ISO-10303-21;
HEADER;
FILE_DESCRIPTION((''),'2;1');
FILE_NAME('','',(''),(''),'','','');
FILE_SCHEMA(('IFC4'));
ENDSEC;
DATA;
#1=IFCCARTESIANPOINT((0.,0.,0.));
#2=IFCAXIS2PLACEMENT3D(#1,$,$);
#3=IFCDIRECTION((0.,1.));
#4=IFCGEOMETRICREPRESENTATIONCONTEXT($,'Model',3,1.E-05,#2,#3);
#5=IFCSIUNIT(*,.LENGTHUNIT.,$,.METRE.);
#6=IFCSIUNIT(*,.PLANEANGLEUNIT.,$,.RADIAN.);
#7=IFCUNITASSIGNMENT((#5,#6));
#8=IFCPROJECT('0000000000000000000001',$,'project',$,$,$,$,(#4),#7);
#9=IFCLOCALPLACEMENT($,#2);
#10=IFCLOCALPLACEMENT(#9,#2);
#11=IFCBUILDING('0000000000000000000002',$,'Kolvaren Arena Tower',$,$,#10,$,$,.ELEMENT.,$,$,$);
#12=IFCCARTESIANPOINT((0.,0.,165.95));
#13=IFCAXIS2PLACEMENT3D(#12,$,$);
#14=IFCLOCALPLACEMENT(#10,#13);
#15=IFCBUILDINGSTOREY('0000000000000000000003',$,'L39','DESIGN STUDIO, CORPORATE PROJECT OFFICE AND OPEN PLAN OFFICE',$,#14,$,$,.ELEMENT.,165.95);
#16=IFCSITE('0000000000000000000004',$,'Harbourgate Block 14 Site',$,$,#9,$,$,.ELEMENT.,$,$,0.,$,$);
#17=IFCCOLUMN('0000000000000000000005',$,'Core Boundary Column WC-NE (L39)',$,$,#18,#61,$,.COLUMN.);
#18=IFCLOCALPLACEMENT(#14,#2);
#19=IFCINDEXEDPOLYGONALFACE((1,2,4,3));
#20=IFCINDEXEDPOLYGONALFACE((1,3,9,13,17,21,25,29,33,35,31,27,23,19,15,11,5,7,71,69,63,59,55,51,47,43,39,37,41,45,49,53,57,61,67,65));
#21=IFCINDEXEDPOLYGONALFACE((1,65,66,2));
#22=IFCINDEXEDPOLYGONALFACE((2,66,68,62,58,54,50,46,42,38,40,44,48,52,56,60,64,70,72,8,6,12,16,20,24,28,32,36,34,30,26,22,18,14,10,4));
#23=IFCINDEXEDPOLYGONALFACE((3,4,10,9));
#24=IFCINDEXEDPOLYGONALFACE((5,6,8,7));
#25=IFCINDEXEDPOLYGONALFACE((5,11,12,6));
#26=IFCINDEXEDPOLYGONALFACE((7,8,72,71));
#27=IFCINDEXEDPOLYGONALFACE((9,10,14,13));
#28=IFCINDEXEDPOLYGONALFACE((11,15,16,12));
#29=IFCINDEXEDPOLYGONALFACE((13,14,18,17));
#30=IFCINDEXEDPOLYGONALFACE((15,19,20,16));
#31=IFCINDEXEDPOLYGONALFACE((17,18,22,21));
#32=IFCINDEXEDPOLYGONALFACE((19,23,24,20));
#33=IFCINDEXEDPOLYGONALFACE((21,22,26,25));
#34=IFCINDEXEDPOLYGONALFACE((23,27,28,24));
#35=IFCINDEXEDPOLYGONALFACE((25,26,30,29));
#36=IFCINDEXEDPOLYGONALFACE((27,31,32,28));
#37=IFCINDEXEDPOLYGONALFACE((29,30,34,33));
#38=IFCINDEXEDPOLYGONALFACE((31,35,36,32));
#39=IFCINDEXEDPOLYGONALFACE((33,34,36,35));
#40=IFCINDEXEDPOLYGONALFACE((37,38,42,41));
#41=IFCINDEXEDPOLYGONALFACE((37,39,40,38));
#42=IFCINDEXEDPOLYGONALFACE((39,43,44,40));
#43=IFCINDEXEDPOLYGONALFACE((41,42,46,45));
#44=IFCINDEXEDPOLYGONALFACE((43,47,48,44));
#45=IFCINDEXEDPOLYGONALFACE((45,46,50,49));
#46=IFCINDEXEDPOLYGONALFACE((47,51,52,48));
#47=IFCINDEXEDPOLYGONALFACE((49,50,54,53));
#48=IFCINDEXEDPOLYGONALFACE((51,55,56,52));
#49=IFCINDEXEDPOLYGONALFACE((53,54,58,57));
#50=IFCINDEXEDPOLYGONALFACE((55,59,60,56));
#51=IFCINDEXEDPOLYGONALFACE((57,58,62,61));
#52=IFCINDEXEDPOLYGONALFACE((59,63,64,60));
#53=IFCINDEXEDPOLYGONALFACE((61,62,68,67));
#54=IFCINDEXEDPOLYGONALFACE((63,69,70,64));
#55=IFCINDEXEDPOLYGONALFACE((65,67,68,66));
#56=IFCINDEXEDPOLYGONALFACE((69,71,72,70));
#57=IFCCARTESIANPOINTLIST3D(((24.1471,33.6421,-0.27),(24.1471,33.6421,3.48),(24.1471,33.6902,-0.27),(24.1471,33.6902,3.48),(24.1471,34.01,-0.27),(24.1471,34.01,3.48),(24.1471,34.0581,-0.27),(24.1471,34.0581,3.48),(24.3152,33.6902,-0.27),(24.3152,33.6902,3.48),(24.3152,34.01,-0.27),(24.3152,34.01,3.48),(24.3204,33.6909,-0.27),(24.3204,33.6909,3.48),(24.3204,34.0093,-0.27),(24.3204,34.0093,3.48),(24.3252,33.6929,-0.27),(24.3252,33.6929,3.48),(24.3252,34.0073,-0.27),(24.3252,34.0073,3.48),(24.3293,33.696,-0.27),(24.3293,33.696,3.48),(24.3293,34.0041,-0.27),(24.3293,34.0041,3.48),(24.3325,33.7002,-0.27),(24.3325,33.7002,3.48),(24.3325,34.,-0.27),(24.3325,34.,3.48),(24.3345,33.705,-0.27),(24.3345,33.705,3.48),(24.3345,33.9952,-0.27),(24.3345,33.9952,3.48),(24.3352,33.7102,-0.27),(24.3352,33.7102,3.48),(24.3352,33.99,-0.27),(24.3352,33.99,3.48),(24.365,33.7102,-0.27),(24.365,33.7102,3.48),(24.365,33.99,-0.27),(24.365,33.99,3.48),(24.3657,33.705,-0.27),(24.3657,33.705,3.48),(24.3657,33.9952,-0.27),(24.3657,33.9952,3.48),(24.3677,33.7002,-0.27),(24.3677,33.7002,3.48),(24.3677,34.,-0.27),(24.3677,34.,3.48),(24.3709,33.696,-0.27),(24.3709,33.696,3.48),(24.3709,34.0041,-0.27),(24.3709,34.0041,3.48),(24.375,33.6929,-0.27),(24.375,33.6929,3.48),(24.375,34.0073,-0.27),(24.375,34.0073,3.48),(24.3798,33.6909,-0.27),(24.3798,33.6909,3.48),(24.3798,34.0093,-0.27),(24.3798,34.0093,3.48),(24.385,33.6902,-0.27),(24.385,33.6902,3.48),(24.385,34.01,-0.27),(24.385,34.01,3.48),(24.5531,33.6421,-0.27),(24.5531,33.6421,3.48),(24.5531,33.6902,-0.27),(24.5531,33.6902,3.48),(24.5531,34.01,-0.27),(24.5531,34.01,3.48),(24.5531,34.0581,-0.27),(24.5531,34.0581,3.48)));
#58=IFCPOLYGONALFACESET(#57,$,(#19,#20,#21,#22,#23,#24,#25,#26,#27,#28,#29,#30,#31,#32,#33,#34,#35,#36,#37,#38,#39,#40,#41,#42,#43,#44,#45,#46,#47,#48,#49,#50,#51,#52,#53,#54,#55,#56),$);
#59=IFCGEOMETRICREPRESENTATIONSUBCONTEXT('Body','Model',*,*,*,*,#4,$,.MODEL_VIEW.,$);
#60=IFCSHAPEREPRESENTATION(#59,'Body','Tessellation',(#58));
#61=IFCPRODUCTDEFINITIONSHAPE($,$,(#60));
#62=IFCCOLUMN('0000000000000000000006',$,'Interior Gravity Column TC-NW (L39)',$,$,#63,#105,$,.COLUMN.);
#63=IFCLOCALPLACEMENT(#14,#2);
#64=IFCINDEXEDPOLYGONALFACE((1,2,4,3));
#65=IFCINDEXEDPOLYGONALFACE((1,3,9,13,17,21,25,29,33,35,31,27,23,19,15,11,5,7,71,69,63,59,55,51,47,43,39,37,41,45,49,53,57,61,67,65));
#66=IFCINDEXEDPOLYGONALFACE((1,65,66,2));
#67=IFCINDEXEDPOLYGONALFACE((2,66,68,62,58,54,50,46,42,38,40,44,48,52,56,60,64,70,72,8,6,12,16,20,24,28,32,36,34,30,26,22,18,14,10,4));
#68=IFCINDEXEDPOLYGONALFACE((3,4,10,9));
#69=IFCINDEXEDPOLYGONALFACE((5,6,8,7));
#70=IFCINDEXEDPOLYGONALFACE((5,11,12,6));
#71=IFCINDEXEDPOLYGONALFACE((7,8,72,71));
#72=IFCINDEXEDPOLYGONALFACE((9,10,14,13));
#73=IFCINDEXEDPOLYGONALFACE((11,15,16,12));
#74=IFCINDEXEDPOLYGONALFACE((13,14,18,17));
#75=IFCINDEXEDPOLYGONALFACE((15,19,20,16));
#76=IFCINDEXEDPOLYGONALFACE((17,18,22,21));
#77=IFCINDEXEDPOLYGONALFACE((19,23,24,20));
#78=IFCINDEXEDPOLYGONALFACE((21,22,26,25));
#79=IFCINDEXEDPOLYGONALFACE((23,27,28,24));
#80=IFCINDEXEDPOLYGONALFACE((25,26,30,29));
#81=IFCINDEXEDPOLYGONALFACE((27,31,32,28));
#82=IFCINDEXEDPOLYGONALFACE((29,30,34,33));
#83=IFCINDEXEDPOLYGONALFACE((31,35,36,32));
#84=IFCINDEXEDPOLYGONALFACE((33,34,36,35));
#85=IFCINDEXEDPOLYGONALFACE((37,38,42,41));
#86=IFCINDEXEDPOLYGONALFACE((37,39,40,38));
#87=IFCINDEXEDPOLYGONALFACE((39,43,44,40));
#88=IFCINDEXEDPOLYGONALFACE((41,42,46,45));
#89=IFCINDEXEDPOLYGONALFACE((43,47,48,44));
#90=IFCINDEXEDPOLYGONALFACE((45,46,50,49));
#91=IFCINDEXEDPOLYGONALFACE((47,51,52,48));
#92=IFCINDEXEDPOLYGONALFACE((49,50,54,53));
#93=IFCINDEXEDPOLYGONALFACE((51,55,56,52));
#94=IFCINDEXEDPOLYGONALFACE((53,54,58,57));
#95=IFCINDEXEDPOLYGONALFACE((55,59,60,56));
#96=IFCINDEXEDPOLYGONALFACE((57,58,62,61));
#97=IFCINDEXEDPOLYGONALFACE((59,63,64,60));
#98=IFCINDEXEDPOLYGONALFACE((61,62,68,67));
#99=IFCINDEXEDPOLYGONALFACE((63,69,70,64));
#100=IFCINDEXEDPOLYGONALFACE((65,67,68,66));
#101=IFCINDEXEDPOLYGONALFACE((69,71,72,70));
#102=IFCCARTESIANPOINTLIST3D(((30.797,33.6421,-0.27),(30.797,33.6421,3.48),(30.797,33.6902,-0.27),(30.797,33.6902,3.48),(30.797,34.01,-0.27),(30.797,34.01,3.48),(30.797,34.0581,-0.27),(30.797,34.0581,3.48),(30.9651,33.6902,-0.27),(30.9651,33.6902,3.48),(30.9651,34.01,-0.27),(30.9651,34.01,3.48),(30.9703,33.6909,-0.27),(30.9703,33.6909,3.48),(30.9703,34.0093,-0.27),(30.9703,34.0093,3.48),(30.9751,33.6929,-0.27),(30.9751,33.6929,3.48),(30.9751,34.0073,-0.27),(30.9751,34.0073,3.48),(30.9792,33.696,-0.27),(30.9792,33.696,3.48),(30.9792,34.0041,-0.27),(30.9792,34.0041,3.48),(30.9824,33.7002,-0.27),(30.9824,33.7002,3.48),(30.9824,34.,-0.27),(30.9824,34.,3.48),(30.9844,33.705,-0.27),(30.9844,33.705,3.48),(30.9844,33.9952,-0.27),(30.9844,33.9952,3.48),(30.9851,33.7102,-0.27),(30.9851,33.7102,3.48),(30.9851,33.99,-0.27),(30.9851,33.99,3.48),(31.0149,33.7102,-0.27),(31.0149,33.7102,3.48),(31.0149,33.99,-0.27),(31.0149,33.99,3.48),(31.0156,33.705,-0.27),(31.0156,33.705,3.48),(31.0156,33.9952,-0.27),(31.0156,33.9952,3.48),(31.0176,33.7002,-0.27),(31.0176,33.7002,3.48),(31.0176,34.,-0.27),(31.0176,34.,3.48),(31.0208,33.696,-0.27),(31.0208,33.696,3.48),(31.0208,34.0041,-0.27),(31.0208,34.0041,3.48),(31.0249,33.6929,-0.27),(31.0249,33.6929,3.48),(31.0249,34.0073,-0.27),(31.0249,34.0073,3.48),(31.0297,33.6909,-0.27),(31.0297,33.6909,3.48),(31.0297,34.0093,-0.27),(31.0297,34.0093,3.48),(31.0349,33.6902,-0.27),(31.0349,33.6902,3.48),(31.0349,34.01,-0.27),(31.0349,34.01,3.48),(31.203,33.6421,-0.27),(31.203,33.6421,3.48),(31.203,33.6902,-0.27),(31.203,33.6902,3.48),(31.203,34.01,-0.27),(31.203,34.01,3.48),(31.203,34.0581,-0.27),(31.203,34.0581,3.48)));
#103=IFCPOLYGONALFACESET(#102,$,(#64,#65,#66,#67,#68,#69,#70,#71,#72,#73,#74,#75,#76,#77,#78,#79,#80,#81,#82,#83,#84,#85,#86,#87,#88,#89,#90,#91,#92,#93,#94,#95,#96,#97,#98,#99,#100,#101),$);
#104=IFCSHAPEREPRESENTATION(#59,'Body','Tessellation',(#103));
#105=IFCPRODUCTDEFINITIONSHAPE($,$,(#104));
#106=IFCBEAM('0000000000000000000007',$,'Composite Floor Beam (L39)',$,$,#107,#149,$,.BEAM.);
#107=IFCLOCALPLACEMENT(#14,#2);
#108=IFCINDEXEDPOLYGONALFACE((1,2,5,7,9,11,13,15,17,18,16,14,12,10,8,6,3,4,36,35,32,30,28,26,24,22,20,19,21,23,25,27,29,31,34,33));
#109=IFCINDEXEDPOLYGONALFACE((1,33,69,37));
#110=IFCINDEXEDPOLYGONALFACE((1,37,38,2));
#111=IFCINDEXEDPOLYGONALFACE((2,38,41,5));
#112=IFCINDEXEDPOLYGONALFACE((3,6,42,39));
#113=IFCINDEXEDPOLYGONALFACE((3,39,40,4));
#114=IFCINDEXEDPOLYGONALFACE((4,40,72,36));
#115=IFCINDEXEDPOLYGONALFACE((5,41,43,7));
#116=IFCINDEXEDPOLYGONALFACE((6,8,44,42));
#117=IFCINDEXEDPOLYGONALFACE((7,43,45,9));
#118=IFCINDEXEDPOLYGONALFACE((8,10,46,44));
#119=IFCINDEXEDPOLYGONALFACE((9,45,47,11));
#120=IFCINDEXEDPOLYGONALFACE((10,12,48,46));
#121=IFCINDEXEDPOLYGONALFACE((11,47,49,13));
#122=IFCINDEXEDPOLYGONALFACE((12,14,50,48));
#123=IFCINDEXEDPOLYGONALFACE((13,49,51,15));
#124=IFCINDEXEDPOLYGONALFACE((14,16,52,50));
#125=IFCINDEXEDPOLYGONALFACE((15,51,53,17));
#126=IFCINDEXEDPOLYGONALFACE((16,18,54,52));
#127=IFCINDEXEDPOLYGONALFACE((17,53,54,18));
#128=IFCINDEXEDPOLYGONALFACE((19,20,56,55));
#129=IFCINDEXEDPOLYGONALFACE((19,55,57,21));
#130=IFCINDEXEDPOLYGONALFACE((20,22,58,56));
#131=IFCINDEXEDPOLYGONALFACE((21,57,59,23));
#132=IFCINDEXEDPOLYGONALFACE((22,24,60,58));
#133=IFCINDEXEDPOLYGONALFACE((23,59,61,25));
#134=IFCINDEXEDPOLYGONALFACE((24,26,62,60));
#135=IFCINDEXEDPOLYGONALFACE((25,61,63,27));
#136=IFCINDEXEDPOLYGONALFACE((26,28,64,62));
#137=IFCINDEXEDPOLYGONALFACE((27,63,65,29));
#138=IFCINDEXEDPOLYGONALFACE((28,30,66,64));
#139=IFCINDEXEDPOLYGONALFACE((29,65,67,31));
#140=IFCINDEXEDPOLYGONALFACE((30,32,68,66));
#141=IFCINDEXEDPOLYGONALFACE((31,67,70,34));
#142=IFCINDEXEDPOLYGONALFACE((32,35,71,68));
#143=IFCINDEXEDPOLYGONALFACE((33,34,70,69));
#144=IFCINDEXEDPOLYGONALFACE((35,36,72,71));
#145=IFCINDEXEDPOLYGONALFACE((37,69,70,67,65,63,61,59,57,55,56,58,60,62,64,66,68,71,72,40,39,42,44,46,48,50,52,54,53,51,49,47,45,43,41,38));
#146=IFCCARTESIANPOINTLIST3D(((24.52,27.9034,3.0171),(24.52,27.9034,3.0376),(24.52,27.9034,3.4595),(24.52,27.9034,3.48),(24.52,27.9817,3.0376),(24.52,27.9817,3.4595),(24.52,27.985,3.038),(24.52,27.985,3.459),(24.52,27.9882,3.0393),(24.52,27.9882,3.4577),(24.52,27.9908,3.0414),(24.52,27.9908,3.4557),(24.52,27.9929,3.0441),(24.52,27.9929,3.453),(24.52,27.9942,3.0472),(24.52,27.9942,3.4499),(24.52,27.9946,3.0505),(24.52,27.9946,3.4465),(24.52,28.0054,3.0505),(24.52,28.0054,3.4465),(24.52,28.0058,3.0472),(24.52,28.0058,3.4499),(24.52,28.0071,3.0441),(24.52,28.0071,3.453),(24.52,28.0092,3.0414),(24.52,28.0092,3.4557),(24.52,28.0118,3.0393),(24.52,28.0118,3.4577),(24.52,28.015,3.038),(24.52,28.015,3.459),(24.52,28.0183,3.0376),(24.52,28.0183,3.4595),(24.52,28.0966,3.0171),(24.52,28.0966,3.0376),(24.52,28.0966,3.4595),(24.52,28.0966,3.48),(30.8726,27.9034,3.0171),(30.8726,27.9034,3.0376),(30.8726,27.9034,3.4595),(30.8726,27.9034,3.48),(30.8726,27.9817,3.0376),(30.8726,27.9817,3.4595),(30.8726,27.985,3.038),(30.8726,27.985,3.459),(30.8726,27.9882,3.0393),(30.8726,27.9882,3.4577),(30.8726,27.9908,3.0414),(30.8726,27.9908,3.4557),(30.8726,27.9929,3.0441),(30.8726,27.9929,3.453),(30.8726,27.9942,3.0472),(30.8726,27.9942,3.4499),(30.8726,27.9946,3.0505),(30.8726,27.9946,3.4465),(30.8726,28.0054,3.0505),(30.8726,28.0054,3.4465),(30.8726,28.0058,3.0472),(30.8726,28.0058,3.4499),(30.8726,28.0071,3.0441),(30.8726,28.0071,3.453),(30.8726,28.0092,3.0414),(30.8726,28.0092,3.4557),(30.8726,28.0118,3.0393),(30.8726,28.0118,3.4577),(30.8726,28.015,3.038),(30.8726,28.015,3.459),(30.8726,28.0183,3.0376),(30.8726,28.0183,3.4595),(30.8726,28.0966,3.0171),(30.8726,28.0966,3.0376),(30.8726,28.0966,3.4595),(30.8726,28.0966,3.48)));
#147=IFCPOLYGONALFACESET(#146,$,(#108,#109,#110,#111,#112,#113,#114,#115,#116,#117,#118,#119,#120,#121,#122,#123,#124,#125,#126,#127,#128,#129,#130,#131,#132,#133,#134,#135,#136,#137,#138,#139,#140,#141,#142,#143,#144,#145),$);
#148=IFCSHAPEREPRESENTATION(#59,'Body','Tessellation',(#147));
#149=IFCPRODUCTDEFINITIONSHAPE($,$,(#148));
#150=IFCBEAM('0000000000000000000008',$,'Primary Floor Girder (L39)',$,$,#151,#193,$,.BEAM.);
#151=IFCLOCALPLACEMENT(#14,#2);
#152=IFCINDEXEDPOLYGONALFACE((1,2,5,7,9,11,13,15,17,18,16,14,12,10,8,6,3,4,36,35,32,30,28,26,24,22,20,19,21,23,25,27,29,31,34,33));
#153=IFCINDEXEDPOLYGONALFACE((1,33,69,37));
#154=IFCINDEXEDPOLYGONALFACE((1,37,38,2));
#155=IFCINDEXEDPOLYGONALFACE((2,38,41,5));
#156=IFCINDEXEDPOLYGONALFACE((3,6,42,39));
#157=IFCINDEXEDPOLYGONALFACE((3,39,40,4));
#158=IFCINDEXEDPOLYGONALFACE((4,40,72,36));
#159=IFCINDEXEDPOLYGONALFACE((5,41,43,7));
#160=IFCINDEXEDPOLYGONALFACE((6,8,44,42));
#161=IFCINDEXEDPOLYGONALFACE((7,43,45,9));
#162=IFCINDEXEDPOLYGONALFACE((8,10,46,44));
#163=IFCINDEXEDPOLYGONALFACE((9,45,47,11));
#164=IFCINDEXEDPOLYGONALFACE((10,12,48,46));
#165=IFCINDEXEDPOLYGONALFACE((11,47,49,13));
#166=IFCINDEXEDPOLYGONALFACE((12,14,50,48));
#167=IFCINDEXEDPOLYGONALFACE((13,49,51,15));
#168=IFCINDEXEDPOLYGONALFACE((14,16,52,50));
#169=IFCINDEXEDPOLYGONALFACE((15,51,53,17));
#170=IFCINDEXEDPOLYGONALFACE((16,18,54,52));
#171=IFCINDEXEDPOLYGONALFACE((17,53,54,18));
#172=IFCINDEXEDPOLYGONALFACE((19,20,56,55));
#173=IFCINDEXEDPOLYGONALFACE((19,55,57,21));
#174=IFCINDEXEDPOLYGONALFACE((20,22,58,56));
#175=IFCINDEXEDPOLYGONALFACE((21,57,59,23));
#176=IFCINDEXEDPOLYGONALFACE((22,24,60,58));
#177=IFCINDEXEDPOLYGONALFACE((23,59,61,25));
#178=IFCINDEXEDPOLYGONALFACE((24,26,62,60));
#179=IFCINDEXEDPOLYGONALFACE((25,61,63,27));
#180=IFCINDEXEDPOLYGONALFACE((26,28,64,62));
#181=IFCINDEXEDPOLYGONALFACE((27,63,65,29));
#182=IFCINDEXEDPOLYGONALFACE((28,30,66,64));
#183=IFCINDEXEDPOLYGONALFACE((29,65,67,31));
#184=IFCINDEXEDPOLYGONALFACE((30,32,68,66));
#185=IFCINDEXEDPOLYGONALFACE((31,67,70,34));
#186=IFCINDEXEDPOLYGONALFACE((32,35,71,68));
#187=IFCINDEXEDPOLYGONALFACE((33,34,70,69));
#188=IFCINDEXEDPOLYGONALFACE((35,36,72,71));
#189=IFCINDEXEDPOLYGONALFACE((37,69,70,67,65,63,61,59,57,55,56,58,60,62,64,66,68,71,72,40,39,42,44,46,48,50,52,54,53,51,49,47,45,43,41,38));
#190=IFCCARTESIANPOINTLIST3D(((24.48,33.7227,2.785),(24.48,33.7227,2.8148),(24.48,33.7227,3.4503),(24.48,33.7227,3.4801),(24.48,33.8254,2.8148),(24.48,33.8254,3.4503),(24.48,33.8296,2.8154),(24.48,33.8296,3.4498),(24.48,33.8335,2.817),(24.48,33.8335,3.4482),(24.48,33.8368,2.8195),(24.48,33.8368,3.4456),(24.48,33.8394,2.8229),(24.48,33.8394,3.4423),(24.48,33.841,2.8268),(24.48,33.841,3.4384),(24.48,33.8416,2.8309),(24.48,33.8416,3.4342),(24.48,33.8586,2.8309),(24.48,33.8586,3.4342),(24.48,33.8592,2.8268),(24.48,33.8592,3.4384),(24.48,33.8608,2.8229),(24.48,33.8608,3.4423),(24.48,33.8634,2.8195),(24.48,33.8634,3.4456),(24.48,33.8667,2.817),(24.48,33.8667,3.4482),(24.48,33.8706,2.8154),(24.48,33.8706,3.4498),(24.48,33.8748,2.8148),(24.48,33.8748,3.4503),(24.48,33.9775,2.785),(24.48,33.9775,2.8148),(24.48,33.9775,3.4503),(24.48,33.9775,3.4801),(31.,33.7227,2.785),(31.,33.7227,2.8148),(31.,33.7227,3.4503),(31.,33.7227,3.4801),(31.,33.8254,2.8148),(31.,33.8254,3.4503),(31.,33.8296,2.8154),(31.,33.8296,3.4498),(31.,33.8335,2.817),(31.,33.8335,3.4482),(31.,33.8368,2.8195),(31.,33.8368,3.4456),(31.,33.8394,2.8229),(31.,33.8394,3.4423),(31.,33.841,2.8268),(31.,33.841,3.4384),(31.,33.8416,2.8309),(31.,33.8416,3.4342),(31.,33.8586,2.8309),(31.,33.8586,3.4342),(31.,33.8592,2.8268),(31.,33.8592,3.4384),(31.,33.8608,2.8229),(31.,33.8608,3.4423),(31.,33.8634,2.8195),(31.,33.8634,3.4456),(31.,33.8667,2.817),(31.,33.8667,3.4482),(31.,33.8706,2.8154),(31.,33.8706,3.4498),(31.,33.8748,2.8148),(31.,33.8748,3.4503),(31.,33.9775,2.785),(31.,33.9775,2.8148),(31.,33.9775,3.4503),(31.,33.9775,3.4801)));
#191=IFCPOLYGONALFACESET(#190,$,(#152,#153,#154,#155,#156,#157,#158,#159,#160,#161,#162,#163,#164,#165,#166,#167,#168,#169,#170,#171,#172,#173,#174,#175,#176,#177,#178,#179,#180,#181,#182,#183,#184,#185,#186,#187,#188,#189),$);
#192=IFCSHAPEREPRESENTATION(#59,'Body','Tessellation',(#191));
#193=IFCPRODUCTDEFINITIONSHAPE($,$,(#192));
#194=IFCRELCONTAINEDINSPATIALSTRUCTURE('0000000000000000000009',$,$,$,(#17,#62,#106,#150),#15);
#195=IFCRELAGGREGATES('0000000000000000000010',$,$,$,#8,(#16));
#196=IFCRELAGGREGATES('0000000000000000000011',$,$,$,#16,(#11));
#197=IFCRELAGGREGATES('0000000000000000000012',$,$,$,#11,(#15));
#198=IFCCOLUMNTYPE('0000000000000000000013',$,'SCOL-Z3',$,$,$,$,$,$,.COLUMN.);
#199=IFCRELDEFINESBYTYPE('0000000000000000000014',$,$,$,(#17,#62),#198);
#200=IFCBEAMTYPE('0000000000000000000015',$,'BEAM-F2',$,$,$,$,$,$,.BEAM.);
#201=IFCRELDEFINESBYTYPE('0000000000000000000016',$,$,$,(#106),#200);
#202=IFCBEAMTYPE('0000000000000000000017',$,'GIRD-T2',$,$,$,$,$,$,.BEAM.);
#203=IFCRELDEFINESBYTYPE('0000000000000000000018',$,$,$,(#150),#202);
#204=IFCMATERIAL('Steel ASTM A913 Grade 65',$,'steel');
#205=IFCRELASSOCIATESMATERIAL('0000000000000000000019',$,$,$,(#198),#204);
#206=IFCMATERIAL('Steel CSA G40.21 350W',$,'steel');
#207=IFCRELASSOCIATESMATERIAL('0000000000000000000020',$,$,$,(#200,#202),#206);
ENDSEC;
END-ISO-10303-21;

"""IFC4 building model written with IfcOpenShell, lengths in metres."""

from ifc_helpers import new_model, si_unit, direction, frame, origin, origin_2d, place, context, subcontext, project, spatial, i_section, extrude, material, material_profile, profile_set, type_object, element, save


model = new_model("IFC4")

# Units and contexts
model_context = context("Model", 3, precision=1e-05, world=origin(), true_north=direction((0.0, 1.0)))
body_context = subcontext(model_context, "Body", "Model", "MODEL_VIEW")
ifc_project = project(units=[si_unit("LENGTHUNIT", "METRE"), si_unit("PLANEANGLEUNIT", "RADIAN")], contexts=[model_context])

# Site, building, storey
site_placement = place(None, origin())
site = spatial("IfcSite", under=ifc_project, at=site_placement, Name="Harbourgate Block 14 Site", CompositionType="ELEMENT", RefElevation=0.0)
building_placement = place(site_placement, origin())
building = spatial("IfcBuilding", under=site, at=building_placement, Name="Kolvaren Arena Tower", CompositionType="ELEMENT")
storey_placement = place(building_placement, frame((0.0, 0.0, 165.95)))
storey = spatial("IfcBuildingStorey", under=building, at=storey_placement, Name="L39", Description="DESIGN STUDIO, CORPORATE PROJECT OFFICE AND OPEN PLAN OFFICE", CompositionType="ELEMENT", Elevation=165.95)

# Columns
ifc_material_1 = material(Name="Steel ASTM A913 Grade 65", Category="steel")
ifc_material_profile_1 = material_profile(ifc_material_1, i_section(OverallWidth=0.406, OverallDepth=0.416, WebThickness=0.0298, FlangeThickness=0.0481, FilletRadius=0.02, at=origin_2d()), Name="W360x382")
ifc_profile_set_1 = profile_set([ifc_material_profile_1], Name="Steel ASTM A913 Grade 65")
column_type = type_object("IfcColumnType", Name="SCOL-Z3", PredefinedType="COLUMN", material=ifc_profile_set_1)
for number, where, z_axis, x_axis, name in (
    (1, (24.3501, 33.8501, -0.27), (0.0, 0.0, 1.0), (1.0, 0.0, 0.0), "Core Boundary Column WC-NE (L39)"),
    (2, (31.0, 33.8501, -0.27), (0.0, 0.0, 1.0), (1.0, 0.0, 0.0), "Interior Gravity Column TC-NW (L39)"),
):
    element("IfcColumn", number, at=place(storey_placement, frame(where, z_axis=z_axis, x_axis=x_axis)), inside=storey, type_object=column_type, Name=name, PredefinedType="COLUMN", context=body_context, shape_type="SweptSolid", body=[
        extrude(i_section(OverallWidth=0.406, OverallDepth=0.416, WebThickness=0.0298, FlangeThickness=0.0481, FilletRadius=0.02, at=origin_2d()), origin(), (0.0, 0.0, 1.0), 3.75),
    ])

# Beams
ifc_material_2 = material(Name="Steel CSA G40.21 350W", Category="steel")
ifc_material_profile_2 = material_profile(ifc_material_2, i_section(OverallWidth=0.1931, OverallDepth=0.4629, WebThickness=0.0107, FlangeThickness=0.0205, FilletRadius=0.0129, at=origin_2d()), Name="W460x113")
ifc_profile_set_2 = profile_set([ifc_material_profile_2], Name="Steel CSA G40.21 350W")
beam_type_1 = type_object("IfcBeamType", Name="BEAM-F2", PredefinedType="BEAM", material=ifc_profile_set_2)
beam_1_placement = place(storey_placement, frame((24.52, 28.0, 3.2485), z_axis=(1.0, 0.0, 0.0), x_axis=(0.0, 1.0, 0.0)))
element("IfcBeam", 3, at=beam_1_placement, inside=storey, type_object=beam_type_1, Name="Composite Floor Beam (L39)", PredefinedType="BEAM", context=body_context, shape_type="SweptSolid", body=[
    extrude(i_section(OverallWidth=0.1931, OverallDepth=0.4629, WebThickness=0.0107, FlangeThickness=0.0205, FilletRadius=0.0129, at=origin_2d()), origin(), (0.0, 0.0, 1.0), 6.3525),
])
ifc_material_profile_3 = material_profile(ifc_material_2, i_section(OverallWidth=0.2549, OverallDepth=0.6951, WebThickness=0.0171, FlangeThickness=0.0298, FilletRadius=0.0161, at=origin_2d()), Name="W690x217")
ifc_profile_set_3 = profile_set([ifc_material_profile_3], Name="Steel CSA G40.21 350W")
beam_type_2 = type_object("IfcBeamType", Name="GIRD-T2", PredefinedType="BEAM", material=ifc_profile_set_3)
beam_2_placement = place(storey_placement, frame((24.48, 33.8501, 3.1326), z_axis=(1.0, 0.0, 0.0), x_axis=(0.0, 1.0, 0.0)))
element("IfcBeam", 4, at=beam_2_placement, inside=storey, type_object=beam_type_2, Name="Primary Floor Girder (L39)", PredefinedType="BEAM", context=body_context, shape_type="SweptSolid", body=[
    extrude(i_section(OverallWidth=0.2549, OverallDepth=0.6951, WebThickness=0.0171, FlangeThickness=0.0298, FilletRadius=0.0161, at=origin_2d()), origin(), (0.0, 0.0, 1.0), 6.52),
])

save(model, "model.ifc")
